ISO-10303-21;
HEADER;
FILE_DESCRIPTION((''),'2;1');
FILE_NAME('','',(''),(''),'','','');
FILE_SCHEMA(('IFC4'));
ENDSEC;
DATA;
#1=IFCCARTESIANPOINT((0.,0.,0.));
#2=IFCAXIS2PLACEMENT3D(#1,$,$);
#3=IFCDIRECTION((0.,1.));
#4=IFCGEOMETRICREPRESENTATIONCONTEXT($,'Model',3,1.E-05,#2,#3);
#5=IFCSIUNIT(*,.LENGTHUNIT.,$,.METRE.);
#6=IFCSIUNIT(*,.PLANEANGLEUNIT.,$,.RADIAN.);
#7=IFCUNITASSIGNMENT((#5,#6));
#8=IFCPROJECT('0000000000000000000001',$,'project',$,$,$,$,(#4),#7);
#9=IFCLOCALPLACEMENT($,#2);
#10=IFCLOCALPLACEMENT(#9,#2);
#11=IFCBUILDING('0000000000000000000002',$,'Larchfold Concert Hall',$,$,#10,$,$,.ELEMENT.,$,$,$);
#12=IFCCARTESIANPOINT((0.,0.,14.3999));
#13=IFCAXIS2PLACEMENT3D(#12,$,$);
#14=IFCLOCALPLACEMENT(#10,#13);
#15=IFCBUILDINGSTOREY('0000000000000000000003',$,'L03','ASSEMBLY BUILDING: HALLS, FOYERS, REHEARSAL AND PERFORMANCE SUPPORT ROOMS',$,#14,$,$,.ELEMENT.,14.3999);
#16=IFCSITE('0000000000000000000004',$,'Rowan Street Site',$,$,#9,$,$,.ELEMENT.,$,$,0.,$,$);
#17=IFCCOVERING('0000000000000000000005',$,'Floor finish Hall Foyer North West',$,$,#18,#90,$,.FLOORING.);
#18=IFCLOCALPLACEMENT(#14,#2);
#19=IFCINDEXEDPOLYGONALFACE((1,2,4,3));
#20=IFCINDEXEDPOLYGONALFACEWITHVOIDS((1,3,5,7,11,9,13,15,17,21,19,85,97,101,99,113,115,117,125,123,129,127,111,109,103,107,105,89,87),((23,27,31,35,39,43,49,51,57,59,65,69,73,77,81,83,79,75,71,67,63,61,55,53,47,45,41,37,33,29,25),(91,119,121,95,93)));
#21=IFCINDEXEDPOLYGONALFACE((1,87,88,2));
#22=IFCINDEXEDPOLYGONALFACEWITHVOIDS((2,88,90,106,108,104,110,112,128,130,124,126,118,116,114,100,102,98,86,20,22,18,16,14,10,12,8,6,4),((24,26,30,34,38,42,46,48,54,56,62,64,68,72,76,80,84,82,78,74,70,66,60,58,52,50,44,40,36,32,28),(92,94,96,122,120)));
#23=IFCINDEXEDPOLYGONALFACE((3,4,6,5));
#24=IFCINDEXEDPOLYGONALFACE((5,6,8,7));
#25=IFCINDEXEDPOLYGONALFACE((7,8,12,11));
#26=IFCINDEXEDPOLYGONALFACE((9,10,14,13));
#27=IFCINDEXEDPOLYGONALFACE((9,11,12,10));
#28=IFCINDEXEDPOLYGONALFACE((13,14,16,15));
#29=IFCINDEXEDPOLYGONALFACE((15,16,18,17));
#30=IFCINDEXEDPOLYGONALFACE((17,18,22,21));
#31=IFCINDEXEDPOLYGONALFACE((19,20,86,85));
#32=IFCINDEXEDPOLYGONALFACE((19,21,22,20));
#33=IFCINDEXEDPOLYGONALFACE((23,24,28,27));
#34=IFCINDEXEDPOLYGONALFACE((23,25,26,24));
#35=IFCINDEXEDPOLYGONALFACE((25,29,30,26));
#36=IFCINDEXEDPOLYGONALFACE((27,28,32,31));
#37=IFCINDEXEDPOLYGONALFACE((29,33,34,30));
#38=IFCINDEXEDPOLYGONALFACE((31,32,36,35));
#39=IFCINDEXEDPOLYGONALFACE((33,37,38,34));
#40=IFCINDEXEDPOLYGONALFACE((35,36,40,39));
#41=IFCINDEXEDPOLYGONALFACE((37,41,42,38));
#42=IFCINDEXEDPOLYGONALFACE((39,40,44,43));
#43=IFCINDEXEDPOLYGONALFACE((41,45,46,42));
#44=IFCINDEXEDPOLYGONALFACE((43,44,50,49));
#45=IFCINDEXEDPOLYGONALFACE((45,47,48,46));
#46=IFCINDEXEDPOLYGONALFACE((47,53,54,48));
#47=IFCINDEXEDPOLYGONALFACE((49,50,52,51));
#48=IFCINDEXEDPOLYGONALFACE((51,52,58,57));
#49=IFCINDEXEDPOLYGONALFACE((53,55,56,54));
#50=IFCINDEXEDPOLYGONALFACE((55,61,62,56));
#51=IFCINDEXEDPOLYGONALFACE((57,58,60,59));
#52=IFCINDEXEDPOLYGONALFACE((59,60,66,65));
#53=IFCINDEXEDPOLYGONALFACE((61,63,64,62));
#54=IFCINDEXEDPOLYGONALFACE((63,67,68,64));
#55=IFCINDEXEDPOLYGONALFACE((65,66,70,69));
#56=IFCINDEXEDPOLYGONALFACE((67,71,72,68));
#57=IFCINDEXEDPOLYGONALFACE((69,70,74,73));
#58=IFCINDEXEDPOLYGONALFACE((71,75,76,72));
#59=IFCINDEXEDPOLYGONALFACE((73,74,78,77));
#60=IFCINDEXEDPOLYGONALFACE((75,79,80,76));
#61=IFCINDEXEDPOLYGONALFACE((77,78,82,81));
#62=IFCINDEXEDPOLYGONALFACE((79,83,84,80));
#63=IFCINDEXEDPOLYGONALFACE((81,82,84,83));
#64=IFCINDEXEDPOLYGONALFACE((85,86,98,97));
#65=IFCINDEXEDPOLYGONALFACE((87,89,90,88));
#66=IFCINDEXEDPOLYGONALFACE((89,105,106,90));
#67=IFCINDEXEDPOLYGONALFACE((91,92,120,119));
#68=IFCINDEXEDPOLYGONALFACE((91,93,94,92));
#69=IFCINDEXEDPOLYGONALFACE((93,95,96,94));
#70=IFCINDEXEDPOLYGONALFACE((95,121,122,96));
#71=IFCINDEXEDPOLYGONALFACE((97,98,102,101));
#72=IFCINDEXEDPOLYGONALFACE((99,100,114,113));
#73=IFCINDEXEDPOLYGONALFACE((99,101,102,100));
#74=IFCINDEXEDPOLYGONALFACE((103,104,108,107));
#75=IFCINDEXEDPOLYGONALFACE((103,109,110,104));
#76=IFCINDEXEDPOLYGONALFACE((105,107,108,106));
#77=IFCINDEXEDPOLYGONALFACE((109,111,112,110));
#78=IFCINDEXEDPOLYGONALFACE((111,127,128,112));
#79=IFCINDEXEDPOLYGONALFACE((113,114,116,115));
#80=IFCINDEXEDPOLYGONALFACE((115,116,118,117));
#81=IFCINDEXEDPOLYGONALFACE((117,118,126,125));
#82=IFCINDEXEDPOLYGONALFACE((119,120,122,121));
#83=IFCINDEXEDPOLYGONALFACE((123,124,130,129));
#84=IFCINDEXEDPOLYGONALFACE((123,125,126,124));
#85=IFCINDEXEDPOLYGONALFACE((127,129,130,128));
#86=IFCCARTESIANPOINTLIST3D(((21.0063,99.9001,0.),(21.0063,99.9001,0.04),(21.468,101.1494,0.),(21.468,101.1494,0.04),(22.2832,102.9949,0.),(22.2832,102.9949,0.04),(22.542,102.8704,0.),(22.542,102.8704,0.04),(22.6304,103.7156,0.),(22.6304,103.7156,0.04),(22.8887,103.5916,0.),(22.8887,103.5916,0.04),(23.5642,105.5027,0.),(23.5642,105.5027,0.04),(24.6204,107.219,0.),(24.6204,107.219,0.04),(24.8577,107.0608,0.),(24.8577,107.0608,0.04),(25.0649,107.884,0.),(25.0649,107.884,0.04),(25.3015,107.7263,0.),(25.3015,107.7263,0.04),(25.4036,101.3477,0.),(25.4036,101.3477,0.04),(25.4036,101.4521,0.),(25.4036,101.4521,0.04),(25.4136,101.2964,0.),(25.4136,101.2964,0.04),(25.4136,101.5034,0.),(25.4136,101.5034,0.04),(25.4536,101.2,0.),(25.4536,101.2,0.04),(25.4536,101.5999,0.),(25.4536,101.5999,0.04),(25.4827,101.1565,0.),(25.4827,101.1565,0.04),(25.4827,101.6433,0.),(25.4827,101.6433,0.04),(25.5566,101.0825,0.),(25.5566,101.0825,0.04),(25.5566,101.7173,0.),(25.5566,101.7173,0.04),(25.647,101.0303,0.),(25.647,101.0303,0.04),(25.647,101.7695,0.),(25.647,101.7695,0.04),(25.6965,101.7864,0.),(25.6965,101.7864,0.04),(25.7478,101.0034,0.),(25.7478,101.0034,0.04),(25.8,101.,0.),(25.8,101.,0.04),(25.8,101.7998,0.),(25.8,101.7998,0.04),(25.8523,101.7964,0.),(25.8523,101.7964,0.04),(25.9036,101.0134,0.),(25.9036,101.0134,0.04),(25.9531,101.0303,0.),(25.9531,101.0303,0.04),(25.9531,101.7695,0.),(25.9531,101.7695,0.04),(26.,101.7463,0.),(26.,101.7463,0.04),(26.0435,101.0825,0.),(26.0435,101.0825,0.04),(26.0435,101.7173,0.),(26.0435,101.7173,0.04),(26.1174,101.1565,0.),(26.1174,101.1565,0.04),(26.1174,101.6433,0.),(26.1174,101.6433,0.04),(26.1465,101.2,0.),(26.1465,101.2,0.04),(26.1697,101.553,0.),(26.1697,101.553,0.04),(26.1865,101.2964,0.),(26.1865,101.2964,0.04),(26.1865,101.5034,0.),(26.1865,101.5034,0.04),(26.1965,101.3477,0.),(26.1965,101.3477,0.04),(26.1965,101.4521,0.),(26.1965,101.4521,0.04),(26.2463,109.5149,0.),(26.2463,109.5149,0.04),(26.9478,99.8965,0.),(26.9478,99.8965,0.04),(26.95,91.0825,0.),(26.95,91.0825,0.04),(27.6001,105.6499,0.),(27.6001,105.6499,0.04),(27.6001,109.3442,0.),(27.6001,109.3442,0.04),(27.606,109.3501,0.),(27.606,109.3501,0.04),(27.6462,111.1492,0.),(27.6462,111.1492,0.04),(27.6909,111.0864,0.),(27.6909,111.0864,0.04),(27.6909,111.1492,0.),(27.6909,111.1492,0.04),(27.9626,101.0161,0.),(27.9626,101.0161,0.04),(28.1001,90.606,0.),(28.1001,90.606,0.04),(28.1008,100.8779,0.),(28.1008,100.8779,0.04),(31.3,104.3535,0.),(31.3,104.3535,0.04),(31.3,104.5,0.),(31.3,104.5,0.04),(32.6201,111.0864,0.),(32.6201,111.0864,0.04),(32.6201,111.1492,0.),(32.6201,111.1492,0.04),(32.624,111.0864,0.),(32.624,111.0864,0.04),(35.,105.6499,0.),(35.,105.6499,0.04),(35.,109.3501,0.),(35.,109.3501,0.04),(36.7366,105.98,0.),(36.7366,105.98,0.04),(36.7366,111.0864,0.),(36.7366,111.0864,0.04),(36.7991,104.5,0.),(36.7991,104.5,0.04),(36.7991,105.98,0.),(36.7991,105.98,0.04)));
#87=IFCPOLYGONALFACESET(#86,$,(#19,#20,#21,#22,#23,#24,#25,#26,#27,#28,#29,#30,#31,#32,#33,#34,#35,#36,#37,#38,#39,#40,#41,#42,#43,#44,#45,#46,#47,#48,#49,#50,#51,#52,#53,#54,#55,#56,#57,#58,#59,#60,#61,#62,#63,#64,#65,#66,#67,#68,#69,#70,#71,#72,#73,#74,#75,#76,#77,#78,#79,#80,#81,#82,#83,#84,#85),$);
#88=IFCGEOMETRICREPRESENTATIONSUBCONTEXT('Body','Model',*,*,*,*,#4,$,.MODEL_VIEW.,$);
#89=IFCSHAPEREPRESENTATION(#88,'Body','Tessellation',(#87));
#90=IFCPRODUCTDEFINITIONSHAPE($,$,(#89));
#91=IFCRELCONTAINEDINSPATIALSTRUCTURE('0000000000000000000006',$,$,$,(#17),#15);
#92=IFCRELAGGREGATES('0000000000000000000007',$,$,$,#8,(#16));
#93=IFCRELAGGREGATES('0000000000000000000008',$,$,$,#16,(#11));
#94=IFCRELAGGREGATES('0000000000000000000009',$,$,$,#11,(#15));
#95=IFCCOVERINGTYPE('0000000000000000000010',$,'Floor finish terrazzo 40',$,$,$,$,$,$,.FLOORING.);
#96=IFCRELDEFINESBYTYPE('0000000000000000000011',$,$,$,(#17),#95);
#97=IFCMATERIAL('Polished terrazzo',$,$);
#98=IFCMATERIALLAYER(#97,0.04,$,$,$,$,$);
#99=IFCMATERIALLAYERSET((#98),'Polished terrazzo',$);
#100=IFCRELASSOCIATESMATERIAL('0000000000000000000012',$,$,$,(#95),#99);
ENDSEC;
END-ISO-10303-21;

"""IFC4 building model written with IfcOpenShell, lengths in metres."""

from ifc_helpers import new_model, si_unit, direction, frame, origin, place, context, subcontext, project, spatial, polyline, outline, extrude, material, layer, layer_set, type_object, element, save


model = new_model("IFC4")

# Units and contexts
model_context = context("Model", 3, precision=1e-05, world=origin(), true_north=direction((0.0, 1.0)))
body_context = subcontext(model_context, "Body", "Model", "MODEL_VIEW")
ifc_project = project(units=[si_unit("LENGTHUNIT", "METRE"), si_unit("PLANEANGLEUNIT", "RADIAN")], contexts=[model_context])

# Site, building, storey
site_placement = place(None, origin())
site = spatial("IfcSite", under=ifc_project, at=site_placement, Name="Rowan Street Site", CompositionType="ELEMENT", RefElevation=0.0)
building_placement = place(site_placement, origin())
building = spatial("IfcBuilding", under=site, at=building_placement, Name="Larchfold Concert Hall", CompositionType="ELEMENT")
storey_placement = place(building_placement, frame((0.0, 0.0, 14.3999)))
storey = spatial("IfcBuildingStorey", under=building, at=storey_placement, Name="L03", Description="ASSEMBLY BUILDING: HALLS, FOYERS, REHEARSAL AND PERFORMANCE SUPPORT ROOMS", CompositionType="ELEMENT", Elevation=14.3999)

# Covering
ifc_material_1 = material(Name="Polished terrazzo")
ifc_layer_1 = layer(ifc_material_1, 0.04)
ifc_layer_set_1 = layer_set([ifc_layer_1], Name="Polished terrazzo")
covering_type_1 = type_object("IfcCoveringType", Name="Floor finish terrazzo 40", PredefinedType="FLOORING", material=ifc_layer_set_1)
covering_1_placement = place(storey_placement, origin())
element("IfcCovering", 1, at=covering_1_placement, inside=storey, type_object=covering_type_1, Name="Floor finish Hall Foyer North West", PredefinedType="FLOORING", context=body_context, shape_type="SweptSolid", body=[
    extrude(outline(polyline([(21.468, 101.1494), (21.0063, 99.9001), (26.9478, 99.8965), (26.95, 91.0825), (28.1001, 90.606), (28.1008, 100.8779), (27.9626, 101.0161), (31.3, 104.3535), (31.3, 104.5), (36.7991, 104.5), (36.7991, 105.98), (36.7366, 105.98), (36.7366, 111.0864), (32.624, 111.0864), (32.6201, 111.1492), (32.6201, 111.0864), (27.6909, 111.0864), (27.6909, 111.1492), (27.6462, 111.1492), (26.2463, 109.5149), (25.0649, 107.884), (25.3015, 107.7263), (24.8577, 107.0608), (24.6204, 107.219), (23.5642, 105.5027), (22.6304, 103.7156), (22.8887, 103.5916), (22.542, 102.8704), (22.2832, 102.9949), (21.468, 101.1494)]), holes=[polyline([(27.6001, 109.3442), (27.606, 109.3501), (35.0, 109.3501), (35.0, 105.6499), (27.6001, 105.6499), (27.6001, 109.3442)]), polyline([(25.5566, 101.0825), (25.4827, 101.1565), (25.4536, 101.2), (25.4136, 101.2964), (25.4036, 101.3477), (25.4036, 101.4521), (25.4136, 101.5034), (25.4536, 101.5999), (25.4827, 101.6433), (25.5566, 101.7173), (25.647, 101.7695), (25.6965, 101.7864), (25.8, 101.7998), (25.8523, 101.7964), (25.9531, 101.7695), (26.0, 101.7463), (26.0435, 101.7173), (26.1174, 101.6433), (26.1697, 101.553), (26.1865, 101.5034), (26.1965, 101.4521), (26.1965, 101.3477), (26.1865, 101.2964), (26.1465, 101.2), (26.1174, 101.1565), (26.0435, 101.0825), (25.9531, 101.0303), (25.9036, 101.0134), (25.8, 101.0), (25.7478, 101.0034), (25.647, 101.0303), (25.5566, 101.0825)])]), origin(), (0.0, 0.0, 1.0), 0.04),
])

save(model, "model.ifc")
